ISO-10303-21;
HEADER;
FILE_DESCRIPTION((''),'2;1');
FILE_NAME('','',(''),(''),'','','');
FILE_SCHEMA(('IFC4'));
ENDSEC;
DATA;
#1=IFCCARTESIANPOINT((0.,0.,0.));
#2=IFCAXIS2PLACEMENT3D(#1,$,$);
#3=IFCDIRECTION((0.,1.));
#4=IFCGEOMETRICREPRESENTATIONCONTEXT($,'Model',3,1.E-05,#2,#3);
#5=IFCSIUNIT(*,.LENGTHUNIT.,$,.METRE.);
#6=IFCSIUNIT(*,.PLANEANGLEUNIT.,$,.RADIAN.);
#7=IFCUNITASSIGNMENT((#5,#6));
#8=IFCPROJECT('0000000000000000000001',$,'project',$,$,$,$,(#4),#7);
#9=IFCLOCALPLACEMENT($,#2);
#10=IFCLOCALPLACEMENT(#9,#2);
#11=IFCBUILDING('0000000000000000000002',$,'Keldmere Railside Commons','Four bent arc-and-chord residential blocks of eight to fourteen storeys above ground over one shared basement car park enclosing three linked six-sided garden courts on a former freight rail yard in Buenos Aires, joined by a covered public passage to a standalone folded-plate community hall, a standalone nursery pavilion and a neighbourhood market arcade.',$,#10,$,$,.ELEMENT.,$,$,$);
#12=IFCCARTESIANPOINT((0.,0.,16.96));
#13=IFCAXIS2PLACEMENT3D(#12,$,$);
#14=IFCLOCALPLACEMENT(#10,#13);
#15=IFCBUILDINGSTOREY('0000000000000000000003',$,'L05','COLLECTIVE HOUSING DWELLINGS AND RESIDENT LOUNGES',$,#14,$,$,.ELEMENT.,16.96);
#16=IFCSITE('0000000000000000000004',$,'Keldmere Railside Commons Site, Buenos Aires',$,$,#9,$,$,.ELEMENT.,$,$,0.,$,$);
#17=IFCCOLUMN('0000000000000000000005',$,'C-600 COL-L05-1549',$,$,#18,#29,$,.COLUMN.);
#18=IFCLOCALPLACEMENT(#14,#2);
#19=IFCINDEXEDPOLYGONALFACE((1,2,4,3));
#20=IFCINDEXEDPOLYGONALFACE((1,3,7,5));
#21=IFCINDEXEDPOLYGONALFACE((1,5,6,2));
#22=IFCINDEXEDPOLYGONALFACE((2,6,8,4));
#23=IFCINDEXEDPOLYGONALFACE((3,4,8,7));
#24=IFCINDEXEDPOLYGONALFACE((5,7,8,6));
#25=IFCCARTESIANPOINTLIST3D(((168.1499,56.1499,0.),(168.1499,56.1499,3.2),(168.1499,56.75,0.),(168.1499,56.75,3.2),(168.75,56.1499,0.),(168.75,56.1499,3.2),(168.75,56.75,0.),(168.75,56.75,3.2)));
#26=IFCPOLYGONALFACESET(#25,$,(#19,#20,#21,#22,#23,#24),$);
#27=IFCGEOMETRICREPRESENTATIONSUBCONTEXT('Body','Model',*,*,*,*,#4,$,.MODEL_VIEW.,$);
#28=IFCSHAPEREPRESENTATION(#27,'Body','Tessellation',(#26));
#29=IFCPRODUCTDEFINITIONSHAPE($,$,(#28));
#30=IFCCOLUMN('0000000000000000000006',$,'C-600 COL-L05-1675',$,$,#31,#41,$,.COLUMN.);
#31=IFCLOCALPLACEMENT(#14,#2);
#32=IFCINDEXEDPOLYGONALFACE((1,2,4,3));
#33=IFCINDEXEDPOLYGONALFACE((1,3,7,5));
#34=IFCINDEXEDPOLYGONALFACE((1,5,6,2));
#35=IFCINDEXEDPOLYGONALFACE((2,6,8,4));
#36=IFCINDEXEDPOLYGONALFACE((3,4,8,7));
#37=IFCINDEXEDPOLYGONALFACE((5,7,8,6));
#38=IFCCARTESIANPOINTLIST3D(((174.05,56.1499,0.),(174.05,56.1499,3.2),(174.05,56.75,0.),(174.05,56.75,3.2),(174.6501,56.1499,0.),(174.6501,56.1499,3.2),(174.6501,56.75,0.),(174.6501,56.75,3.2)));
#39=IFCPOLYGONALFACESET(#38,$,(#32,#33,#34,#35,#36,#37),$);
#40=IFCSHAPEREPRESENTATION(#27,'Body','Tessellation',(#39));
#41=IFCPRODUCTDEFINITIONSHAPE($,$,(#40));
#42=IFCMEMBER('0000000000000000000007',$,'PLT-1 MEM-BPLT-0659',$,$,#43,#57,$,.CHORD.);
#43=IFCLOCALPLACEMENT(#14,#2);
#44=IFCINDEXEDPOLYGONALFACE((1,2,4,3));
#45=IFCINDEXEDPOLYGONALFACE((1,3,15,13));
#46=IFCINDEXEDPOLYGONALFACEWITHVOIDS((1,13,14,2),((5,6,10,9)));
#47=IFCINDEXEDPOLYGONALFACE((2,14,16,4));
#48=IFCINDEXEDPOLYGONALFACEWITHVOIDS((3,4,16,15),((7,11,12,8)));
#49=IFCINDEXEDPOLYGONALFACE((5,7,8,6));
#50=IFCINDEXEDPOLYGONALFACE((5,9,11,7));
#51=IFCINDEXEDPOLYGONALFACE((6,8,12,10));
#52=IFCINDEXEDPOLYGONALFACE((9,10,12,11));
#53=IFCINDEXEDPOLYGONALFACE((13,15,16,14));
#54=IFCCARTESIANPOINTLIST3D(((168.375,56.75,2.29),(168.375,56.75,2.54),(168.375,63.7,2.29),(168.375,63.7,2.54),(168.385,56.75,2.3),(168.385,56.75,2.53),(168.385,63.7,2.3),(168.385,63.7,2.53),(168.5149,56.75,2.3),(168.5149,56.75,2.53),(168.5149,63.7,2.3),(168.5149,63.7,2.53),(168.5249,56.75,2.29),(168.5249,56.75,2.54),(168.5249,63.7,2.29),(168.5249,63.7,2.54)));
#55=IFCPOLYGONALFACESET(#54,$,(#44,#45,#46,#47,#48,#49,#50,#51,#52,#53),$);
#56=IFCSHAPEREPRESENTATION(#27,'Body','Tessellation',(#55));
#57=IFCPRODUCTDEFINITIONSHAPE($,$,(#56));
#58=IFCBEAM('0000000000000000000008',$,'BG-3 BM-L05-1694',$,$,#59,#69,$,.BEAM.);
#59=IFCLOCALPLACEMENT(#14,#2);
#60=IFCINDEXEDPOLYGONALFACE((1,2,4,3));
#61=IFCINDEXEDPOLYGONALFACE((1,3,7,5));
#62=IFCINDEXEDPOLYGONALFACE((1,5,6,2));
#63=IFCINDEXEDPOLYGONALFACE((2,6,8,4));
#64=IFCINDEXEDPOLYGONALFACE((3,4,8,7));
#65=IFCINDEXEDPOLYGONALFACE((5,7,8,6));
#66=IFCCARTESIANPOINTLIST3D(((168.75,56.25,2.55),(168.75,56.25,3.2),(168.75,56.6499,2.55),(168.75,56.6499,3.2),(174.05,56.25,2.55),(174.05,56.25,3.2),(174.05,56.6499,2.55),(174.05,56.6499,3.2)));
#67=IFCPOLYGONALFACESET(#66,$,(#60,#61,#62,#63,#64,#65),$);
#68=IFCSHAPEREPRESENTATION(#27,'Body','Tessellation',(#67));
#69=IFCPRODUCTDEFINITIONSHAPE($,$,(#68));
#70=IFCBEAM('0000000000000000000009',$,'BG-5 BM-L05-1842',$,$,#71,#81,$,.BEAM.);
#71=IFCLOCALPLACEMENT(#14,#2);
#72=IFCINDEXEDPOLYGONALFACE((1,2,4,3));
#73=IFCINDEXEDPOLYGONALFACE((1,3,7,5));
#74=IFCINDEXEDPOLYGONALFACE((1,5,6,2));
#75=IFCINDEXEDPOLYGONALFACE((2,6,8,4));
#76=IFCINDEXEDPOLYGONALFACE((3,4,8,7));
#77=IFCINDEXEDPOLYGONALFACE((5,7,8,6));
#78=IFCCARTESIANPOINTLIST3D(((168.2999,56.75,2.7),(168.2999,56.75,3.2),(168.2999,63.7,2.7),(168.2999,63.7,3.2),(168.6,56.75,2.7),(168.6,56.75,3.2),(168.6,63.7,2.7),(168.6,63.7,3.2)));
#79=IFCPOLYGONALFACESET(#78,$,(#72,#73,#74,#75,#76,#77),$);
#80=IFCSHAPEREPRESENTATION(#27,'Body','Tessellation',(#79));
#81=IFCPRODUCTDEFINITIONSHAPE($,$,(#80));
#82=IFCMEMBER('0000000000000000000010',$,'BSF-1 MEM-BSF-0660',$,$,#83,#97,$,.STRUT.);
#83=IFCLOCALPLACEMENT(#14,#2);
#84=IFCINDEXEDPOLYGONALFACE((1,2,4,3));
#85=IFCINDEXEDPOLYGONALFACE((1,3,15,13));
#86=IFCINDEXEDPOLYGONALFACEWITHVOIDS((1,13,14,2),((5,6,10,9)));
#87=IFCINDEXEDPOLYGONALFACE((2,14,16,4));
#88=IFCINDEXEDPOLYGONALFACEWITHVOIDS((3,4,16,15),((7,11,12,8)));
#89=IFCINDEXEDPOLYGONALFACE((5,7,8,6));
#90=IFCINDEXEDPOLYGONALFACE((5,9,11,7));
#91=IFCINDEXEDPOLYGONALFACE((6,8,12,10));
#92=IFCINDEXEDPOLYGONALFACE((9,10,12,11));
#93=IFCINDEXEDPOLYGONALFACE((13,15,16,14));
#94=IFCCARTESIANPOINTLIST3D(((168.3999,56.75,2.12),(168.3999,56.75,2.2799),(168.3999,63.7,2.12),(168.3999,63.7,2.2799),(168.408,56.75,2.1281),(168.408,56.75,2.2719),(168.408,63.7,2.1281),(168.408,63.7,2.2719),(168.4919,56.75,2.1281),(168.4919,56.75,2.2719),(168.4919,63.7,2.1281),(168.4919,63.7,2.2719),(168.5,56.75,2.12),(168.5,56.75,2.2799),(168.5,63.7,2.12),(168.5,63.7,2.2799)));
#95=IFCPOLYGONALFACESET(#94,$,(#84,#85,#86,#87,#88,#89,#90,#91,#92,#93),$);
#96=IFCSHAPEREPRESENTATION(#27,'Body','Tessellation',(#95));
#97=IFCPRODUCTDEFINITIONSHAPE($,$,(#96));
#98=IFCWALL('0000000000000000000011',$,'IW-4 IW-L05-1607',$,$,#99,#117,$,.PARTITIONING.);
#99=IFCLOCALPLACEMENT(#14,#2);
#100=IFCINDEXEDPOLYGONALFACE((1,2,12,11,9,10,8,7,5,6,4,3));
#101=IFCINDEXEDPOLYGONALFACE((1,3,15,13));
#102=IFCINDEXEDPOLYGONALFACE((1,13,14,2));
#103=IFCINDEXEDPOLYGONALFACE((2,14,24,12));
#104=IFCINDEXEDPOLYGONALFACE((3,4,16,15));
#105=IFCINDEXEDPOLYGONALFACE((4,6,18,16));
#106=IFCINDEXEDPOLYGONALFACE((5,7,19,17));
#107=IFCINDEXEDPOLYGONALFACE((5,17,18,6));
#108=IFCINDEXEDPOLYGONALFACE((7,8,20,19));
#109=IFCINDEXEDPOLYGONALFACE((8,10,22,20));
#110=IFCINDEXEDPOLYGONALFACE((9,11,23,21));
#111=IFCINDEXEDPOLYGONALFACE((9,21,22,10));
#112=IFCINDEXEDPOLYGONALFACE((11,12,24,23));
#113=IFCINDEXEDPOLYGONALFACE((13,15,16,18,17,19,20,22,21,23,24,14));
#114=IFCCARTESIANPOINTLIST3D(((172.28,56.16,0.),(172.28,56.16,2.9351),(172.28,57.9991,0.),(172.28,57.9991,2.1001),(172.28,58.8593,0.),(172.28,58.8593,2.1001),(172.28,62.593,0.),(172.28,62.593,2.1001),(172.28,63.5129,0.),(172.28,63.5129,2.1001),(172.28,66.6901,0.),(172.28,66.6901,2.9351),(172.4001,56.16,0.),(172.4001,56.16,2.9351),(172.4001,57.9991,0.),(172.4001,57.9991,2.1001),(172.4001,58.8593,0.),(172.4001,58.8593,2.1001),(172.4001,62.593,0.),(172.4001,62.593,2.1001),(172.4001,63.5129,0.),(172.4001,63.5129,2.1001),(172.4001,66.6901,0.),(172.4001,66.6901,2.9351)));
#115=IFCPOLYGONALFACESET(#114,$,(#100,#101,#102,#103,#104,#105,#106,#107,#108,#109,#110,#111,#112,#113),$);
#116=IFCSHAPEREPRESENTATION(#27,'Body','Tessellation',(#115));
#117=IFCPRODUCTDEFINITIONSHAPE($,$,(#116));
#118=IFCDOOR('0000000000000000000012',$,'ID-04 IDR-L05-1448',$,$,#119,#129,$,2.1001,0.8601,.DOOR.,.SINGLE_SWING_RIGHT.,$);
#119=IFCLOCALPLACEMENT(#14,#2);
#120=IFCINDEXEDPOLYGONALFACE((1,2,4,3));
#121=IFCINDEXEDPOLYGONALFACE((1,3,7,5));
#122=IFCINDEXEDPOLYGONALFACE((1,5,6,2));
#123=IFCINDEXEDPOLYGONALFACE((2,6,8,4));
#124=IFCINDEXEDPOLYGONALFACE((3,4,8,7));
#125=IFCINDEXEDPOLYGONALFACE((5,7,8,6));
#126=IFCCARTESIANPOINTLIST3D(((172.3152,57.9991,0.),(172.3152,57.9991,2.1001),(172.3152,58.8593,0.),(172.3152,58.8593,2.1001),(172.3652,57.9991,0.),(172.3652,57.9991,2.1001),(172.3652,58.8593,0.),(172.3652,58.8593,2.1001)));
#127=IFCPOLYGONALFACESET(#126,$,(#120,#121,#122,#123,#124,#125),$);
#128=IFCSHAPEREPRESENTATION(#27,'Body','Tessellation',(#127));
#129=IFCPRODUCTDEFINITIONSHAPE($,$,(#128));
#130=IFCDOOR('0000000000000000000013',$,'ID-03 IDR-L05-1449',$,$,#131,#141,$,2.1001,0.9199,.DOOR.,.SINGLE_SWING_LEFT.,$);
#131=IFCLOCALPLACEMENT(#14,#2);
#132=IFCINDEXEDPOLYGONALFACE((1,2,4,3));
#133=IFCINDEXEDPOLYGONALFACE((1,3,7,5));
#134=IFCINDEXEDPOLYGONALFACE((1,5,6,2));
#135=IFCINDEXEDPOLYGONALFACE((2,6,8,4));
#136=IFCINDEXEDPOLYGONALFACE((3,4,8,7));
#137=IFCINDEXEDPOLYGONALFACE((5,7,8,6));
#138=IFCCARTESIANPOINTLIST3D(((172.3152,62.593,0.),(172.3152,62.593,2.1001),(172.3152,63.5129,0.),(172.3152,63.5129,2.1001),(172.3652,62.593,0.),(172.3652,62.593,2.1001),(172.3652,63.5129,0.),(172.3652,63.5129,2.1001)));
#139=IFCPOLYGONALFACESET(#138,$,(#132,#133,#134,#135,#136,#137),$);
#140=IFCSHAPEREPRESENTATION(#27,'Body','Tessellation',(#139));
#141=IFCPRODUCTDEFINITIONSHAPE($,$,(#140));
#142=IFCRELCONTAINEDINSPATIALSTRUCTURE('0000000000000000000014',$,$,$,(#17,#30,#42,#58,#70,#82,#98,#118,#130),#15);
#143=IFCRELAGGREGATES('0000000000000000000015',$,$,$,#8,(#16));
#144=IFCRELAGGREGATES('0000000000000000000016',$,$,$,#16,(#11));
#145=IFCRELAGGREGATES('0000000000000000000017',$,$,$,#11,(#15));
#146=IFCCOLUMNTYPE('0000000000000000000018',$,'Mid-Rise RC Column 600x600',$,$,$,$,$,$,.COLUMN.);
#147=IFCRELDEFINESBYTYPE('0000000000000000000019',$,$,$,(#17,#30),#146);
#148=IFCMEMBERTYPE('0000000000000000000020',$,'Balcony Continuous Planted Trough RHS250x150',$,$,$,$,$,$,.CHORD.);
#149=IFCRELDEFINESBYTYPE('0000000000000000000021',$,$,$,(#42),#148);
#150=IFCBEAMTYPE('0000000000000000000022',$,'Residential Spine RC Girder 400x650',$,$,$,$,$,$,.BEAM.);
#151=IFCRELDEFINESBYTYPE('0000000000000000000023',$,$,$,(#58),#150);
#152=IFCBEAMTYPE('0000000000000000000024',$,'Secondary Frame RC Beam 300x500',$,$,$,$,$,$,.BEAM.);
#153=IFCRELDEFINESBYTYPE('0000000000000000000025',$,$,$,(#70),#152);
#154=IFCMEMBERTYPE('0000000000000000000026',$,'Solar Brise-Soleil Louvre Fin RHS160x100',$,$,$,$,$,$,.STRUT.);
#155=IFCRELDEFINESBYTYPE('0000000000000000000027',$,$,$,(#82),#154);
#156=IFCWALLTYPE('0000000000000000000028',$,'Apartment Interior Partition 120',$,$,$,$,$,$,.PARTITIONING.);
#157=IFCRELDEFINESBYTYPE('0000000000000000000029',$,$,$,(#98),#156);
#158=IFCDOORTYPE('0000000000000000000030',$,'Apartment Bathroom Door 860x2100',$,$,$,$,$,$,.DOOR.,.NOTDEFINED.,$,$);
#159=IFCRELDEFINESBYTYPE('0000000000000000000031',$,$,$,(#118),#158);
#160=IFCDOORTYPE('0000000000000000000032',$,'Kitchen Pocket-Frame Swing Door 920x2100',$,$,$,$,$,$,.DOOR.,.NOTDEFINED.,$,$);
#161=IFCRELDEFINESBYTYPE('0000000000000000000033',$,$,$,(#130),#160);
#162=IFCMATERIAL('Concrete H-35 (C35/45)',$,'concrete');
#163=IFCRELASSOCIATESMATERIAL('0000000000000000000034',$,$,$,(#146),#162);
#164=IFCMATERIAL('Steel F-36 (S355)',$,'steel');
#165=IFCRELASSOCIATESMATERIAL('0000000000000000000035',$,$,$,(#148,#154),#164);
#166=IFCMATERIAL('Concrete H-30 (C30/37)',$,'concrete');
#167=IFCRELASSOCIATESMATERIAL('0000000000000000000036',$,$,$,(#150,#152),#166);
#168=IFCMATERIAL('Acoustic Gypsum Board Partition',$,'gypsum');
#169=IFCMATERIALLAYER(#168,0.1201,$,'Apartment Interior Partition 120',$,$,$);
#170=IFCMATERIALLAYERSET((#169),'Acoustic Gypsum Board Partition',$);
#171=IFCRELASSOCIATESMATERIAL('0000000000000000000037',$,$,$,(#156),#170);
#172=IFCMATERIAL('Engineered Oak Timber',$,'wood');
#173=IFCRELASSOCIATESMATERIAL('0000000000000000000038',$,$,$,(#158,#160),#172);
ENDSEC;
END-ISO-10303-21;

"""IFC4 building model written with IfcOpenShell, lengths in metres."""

from ifc_helpers import new_model, si_unit, direction, frame, frame_2d, origin, origin_2d, place, context, subcontext, project, spatial, rectangle, hollow_rectangle, extrude, material, layer, layer_set, material_profile, profile_set, type_object, element, fill, save


model = new_model("IFC4")

# Units and contexts
model_context = context("Model", 3, precision=1e-05, world=origin(), true_north=direction((0.0, 1.0)))
body_context = subcontext(model_context, "Body", "Model", "MODEL_VIEW")
ifc_project = project(units=[si_unit("LENGTHUNIT", "METRE"), si_unit("PLANEANGLEUNIT", "RADIAN")], contexts=[model_context])

# Site, building, storey
site_placement = place(None, origin())
site = spatial("IfcSite", under=ifc_project, at=site_placement, Name="Keldmere Railside Commons Site, Buenos Aires", CompositionType="ELEMENT", RefElevation=0.0)
building_placement = place(site_placement, origin())
building = spatial("IfcBuilding", under=site, at=building_placement, Name="Keldmere Railside Commons", Description="Four bent arc-and-chord residential blocks of eight to fourteen storeys above ground over one shared basement car park enclosing three linked six-sided garden courts on a former freight rail yard in Buenos Aires, joined by a covered public passage to a standalone folded-plate community hall, a standalone nursery pavilion and a neighbourhood market arcade.", CompositionType="ELEMENT")
storey_placement = place(building_placement, frame((0.0, 0.0, 16.96)))
storey = spatial("IfcBuildingStorey", under=building, at=storey_placement, Name="L05", Description="COLLECTIVE HOUSING DWELLINGS AND RESIDENT LOUNGES", CompositionType="ELEMENT", Elevation=16.96)

# Columns
ifc_material_1 = material(Name="Concrete H-35 (C35/45)", Category="concrete")
ifc_material_profile_1 = material_profile(ifc_material_1, rectangle(XDim=0.6001, YDim=0.6001, at=origin_2d()), Name="RC-600x600")
ifc_profile_set_1 = profile_set([ifc_material_profile_1], Name="Concrete H-35 (C35/45)")
column_type = type_object("IfcColumnType", Name="Mid-Rise RC Column 600x600", PredefinedType="COLUMN", material=ifc_profile_set_1)
for number, where, z_axis, x_axis, name in (
    (1, (168.45, 56.45, 0.0), (0.0, 0.0, 1.0), (1.0, 0.0, 0.0), "C-600 COL-L05-1549"),
    (2, (174.3501, 56.45, 0.0), (0.0, 0.0, 1.0), (1.0, 0.0, 0.0), "C-600 COL-L05-1675"),
):
    element("IfcColumn", number, at=place(storey_placement, frame(where, z_axis=z_axis, x_axis=x_axis)), inside=storey, type_object=column_type, Name=name, PredefinedType="COLUMN", context=body_context, shape_type="SweptSolid", body=[
        extrude(rectangle(XDim=0.6001, YDim=0.6001, at=origin_2d()), origin(), (0.0, 0.0, 1.0), 3.2),
    ])

# Member
ifc_material_2 = material(Name="Steel F-36 (S355)", Category="steel")
ifc_material_profile_2 = material_profile(ifc_material_2, hollow_rectangle(XDim=0.1499, YDim=0.25, WallThickness=0.01, at=origin_2d()), Name="RHS-250x150x10")
ifc_profile_set_2 = profile_set([ifc_material_profile_2], Name="Steel F-36 (S355)")
member_type_1 = type_object("IfcMemberType", Name="Balcony Continuous Planted Trough RHS250x150", PredefinedType="CHORD", material=ifc_profile_set_2)
member_1_placement = place(storey_placement, frame((168.45, 56.75, 2.415), z_axis=(0.0, 1.0, 0.0), x_axis=(-1.0, 0.0, 0.0)))
element("IfcMember", 3, at=member_1_placement, inside=storey, type_object=member_type_1, Name="PLT-1 MEM-BPLT-0659", PredefinedType="CHORD", context=body_context, shape_type="SweptSolid", body=[
    extrude(hollow_rectangle(XDim=0.1499, YDim=0.25, WallThickness=0.01, at=origin_2d()), origin(), (0.0, 0.0, 1.0), 6.95),
])

# Beams
ifc_material_3 = material(Name="Concrete H-30 (C30/37)", Category="concrete")
ifc_material_profile_3 = material_profile(ifc_material_3, rectangle(XDim=0.3999, YDim=0.6499, at=origin_2d()), Name="RC-400x650")
ifc_profile_set_3 = profile_set([ifc_material_profile_3], Name="Concrete H-30 (C30/37)")
beam_type_1 = type_object("IfcBeamType", Name="Residential Spine RC Girder 400x650", PredefinedType="BEAM", material=ifc_profile_set_3)
beam_1_placement = place(storey_placement, frame((168.75, 56.45, 2.875), z_axis=(1.0, 0.0, 0.0), x_axis=(0.0, 1.0, 0.0)))
element("IfcBeam", 4, at=beam_1_placement, inside=storey, type_object=beam_type_1, Name="BG-3 BM-L05-1694", PredefinedType="BEAM", context=body_context, shape_type="SweptSolid", body=[
    extrude(rectangle(XDim=0.3999, YDim=0.6499, at=origin_2d()), origin(), (0.0, 0.0, 1.0), 5.3),
])
ifc_material_profile_4 = material_profile(ifc_material_3, rectangle(XDim=0.3, YDim=0.5, at=origin_2d()), Name="RC-300x500")
ifc_profile_set_4 = profile_set([ifc_material_profile_4], Name="Concrete H-30 (C30/37)")
beam_type_2 = type_object("IfcBeamType", Name="Secondary Frame RC Beam 300x500", PredefinedType="BEAM", material=ifc_profile_set_4)
beam_2_placement = place(storey_placement, frame((168.45, 56.75, 2.95), z_axis=(0.0, 1.0, 0.0), x_axis=(-1.0, 0.0, 0.0)))
element("IfcBeam", 5, at=beam_2_placement, inside=storey, type_object=beam_type_2, Name="BG-5 BM-L05-1842", PredefinedType="BEAM", context=body_context, shape_type="SweptSolid", body=[
    extrude(rectangle(XDim=0.3, YDim=0.5, at=origin_2d()), origin(), (0.0, 0.0, 1.0), 6.95),
])

# Member
ifc_material_profile_5 = material_profile(ifc_material_2, hollow_rectangle(XDim=0.1001, YDim=0.1599, WallThickness=0.0081, at=origin_2d()), Name="RHS-160x100x8")
ifc_profile_set_5 = profile_set([ifc_material_profile_5], Name="Steel F-36 (S355)")
member_type_2 = type_object("IfcMemberType", Name="Solar Brise-Soleil Louvre Fin RHS160x100", PredefinedType="STRUT", material=ifc_profile_set_5)
member_2_placement = place(storey_placement, frame((168.45, 56.75, 2.2), z_axis=(0.0, 1.0, 0.0), x_axis=(-1.0, 0.0, 0.0)))
element("IfcMember", 6, at=member_2_placement, inside=storey, type_object=member_type_2, Name="BSF-1 MEM-BSF-0660", PredefinedType="STRUT", context=body_context, shape_type="SweptSolid", body=[
    extrude(hollow_rectangle(XDim=0.1001, YDim=0.1599, WallThickness=0.0081, at=origin_2d()), origin(), (0.0, 0.0, 1.0), 6.95),
])

# Wall, openings, doors
ifc_material_4 = material(Name="Acoustic Gypsum Board Partition", Category="gypsum")
ifc_layer_1 = layer(ifc_material_4, 0.1201, Name="Apartment Interior Partition 120")
ifc_layer_set_1 = layer_set([ifc_layer_1], Name="Acoustic Gypsum Board Partition")
wall_type_1 = type_object("IfcWallType", Name="Apartment Interior Partition 120", PredefinedType="PARTITIONING", material=ifc_layer_set_1)
wall_1_placement = place(storey_placement, frame((172.3401, 56.1599, 0.0), z_axis=(0.0, 0.0, 1.0), x_axis=(0.0, 1.0, 0.0)))
wall_1 = element("IfcWall", 7, at=wall_1_placement, inside=storey, type_object=wall_type_1, Name="IW-4 IW-L05-1607", PredefinedType="PARTITIONING", context=body_context, shape_type="SweptSolid", body=[
    extrude(rectangle(XDim=10.53, YDim=0.1201, at=frame_2d((5.2651, 0.0))), origin(), (0.0, 0.0, 1.0), 2.9351),
])
opening_1_placement = place(wall_1_placement, frame((1.8391, 0.0, 0.0)))
opening_1 = element("IfcOpeningElement", 8, at=opening_1_placement, cuts=wall_1, PredefinedType="OPENING", context=body_context, shape_type="SweptSolid", body=[
    extrude(rectangle(XDim=0.8601, YDim=2.1001, at=frame_2d((0.4302, 1.05))), frame((0.0, 0.0701, 0.0), z_axis=(0.0, -1.0, 0.0), x_axis=(1.0, 0.0, 0.0)), (0.0, 0.0, 1.0), 0.1401),
])
opening_2_placement = place(wall_1_placement, frame((6.4331, 0.0, 0.0)))
opening_2 = element("IfcOpeningElement", 9, at=opening_2_placement, cuts=wall_1, PredefinedType="OPENING", context=body_context, shape_type="SweptSolid", body=[
    extrude(rectangle(XDim=0.9199, YDim=2.1001, at=frame_2d((0.46, 1.05))), frame((0.0, 0.0701, 0.0), z_axis=(0.0, -1.0, 0.0), x_axis=(1.0, 0.0, 0.0)), (0.0, 0.0, 1.0), 0.1401),
])
ifc_material_5 = material(Name="Engineered Oak Timber", Category="wood")
door_type_1 = type_object("IfcDoorType", Name="Apartment Bathroom Door 860x2100", OperationType="NOTDEFINED", PredefinedType="DOOR", material=ifc_material_5)
door_1_placement = place(opening_1_placement, origin())
door_1 = element("IfcDoor", 10, at=door_1_placement, inside=storey, type_object=door_type_1, Name="ID-04 IDR-L05-1448", OperationType="SINGLE_SWING_RIGHT", OverallHeight=2.1001, OverallWidth=0.8601, PredefinedType="DOOR", context=body_context, shape_type="SweptSolid", body=[
    extrude(rectangle(XDim=0.8601, YDim=2.1001, at=frame_2d((0.4302, 1.05))), frame((0.0, 0.0249, 0.0), z_axis=(0.0, -1.0, 0.0), x_axis=(1.0, 0.0, 0.0)), (0.0, 0.0, 1.0), 0.05),
])
fill(opening_1, door_1)
door_type_2 = type_object("IfcDoorType", Name="Kitchen Pocket-Frame Swing Door 920x2100", OperationType="NOTDEFINED", PredefinedType="DOOR", material=ifc_material_5)
door_2_placement = place(opening_2_placement, origin())
door_2 = element("IfcDoor", 11, at=door_2_placement, inside=storey, type_object=door_type_2, Name="ID-03 IDR-L05-1449", OperationType="SINGLE_SWING_LEFT", OverallHeight=2.1001, OverallWidth=0.9199, PredefinedType="DOOR", context=body_context, shape_type="SweptSolid", body=[
    extrude(rectangle(XDim=0.9199, YDim=2.1001, at=frame_2d((0.46, 1.05))), frame((0.0, 0.0249, 0.0), z_axis=(0.0, -1.0, 0.0), x_axis=(1.0, 0.0, 0.0)), (0.0, 0.0, 1.0), 0.05),
])
fill(opening_2, door_2)

save(model, "model.ifc")
